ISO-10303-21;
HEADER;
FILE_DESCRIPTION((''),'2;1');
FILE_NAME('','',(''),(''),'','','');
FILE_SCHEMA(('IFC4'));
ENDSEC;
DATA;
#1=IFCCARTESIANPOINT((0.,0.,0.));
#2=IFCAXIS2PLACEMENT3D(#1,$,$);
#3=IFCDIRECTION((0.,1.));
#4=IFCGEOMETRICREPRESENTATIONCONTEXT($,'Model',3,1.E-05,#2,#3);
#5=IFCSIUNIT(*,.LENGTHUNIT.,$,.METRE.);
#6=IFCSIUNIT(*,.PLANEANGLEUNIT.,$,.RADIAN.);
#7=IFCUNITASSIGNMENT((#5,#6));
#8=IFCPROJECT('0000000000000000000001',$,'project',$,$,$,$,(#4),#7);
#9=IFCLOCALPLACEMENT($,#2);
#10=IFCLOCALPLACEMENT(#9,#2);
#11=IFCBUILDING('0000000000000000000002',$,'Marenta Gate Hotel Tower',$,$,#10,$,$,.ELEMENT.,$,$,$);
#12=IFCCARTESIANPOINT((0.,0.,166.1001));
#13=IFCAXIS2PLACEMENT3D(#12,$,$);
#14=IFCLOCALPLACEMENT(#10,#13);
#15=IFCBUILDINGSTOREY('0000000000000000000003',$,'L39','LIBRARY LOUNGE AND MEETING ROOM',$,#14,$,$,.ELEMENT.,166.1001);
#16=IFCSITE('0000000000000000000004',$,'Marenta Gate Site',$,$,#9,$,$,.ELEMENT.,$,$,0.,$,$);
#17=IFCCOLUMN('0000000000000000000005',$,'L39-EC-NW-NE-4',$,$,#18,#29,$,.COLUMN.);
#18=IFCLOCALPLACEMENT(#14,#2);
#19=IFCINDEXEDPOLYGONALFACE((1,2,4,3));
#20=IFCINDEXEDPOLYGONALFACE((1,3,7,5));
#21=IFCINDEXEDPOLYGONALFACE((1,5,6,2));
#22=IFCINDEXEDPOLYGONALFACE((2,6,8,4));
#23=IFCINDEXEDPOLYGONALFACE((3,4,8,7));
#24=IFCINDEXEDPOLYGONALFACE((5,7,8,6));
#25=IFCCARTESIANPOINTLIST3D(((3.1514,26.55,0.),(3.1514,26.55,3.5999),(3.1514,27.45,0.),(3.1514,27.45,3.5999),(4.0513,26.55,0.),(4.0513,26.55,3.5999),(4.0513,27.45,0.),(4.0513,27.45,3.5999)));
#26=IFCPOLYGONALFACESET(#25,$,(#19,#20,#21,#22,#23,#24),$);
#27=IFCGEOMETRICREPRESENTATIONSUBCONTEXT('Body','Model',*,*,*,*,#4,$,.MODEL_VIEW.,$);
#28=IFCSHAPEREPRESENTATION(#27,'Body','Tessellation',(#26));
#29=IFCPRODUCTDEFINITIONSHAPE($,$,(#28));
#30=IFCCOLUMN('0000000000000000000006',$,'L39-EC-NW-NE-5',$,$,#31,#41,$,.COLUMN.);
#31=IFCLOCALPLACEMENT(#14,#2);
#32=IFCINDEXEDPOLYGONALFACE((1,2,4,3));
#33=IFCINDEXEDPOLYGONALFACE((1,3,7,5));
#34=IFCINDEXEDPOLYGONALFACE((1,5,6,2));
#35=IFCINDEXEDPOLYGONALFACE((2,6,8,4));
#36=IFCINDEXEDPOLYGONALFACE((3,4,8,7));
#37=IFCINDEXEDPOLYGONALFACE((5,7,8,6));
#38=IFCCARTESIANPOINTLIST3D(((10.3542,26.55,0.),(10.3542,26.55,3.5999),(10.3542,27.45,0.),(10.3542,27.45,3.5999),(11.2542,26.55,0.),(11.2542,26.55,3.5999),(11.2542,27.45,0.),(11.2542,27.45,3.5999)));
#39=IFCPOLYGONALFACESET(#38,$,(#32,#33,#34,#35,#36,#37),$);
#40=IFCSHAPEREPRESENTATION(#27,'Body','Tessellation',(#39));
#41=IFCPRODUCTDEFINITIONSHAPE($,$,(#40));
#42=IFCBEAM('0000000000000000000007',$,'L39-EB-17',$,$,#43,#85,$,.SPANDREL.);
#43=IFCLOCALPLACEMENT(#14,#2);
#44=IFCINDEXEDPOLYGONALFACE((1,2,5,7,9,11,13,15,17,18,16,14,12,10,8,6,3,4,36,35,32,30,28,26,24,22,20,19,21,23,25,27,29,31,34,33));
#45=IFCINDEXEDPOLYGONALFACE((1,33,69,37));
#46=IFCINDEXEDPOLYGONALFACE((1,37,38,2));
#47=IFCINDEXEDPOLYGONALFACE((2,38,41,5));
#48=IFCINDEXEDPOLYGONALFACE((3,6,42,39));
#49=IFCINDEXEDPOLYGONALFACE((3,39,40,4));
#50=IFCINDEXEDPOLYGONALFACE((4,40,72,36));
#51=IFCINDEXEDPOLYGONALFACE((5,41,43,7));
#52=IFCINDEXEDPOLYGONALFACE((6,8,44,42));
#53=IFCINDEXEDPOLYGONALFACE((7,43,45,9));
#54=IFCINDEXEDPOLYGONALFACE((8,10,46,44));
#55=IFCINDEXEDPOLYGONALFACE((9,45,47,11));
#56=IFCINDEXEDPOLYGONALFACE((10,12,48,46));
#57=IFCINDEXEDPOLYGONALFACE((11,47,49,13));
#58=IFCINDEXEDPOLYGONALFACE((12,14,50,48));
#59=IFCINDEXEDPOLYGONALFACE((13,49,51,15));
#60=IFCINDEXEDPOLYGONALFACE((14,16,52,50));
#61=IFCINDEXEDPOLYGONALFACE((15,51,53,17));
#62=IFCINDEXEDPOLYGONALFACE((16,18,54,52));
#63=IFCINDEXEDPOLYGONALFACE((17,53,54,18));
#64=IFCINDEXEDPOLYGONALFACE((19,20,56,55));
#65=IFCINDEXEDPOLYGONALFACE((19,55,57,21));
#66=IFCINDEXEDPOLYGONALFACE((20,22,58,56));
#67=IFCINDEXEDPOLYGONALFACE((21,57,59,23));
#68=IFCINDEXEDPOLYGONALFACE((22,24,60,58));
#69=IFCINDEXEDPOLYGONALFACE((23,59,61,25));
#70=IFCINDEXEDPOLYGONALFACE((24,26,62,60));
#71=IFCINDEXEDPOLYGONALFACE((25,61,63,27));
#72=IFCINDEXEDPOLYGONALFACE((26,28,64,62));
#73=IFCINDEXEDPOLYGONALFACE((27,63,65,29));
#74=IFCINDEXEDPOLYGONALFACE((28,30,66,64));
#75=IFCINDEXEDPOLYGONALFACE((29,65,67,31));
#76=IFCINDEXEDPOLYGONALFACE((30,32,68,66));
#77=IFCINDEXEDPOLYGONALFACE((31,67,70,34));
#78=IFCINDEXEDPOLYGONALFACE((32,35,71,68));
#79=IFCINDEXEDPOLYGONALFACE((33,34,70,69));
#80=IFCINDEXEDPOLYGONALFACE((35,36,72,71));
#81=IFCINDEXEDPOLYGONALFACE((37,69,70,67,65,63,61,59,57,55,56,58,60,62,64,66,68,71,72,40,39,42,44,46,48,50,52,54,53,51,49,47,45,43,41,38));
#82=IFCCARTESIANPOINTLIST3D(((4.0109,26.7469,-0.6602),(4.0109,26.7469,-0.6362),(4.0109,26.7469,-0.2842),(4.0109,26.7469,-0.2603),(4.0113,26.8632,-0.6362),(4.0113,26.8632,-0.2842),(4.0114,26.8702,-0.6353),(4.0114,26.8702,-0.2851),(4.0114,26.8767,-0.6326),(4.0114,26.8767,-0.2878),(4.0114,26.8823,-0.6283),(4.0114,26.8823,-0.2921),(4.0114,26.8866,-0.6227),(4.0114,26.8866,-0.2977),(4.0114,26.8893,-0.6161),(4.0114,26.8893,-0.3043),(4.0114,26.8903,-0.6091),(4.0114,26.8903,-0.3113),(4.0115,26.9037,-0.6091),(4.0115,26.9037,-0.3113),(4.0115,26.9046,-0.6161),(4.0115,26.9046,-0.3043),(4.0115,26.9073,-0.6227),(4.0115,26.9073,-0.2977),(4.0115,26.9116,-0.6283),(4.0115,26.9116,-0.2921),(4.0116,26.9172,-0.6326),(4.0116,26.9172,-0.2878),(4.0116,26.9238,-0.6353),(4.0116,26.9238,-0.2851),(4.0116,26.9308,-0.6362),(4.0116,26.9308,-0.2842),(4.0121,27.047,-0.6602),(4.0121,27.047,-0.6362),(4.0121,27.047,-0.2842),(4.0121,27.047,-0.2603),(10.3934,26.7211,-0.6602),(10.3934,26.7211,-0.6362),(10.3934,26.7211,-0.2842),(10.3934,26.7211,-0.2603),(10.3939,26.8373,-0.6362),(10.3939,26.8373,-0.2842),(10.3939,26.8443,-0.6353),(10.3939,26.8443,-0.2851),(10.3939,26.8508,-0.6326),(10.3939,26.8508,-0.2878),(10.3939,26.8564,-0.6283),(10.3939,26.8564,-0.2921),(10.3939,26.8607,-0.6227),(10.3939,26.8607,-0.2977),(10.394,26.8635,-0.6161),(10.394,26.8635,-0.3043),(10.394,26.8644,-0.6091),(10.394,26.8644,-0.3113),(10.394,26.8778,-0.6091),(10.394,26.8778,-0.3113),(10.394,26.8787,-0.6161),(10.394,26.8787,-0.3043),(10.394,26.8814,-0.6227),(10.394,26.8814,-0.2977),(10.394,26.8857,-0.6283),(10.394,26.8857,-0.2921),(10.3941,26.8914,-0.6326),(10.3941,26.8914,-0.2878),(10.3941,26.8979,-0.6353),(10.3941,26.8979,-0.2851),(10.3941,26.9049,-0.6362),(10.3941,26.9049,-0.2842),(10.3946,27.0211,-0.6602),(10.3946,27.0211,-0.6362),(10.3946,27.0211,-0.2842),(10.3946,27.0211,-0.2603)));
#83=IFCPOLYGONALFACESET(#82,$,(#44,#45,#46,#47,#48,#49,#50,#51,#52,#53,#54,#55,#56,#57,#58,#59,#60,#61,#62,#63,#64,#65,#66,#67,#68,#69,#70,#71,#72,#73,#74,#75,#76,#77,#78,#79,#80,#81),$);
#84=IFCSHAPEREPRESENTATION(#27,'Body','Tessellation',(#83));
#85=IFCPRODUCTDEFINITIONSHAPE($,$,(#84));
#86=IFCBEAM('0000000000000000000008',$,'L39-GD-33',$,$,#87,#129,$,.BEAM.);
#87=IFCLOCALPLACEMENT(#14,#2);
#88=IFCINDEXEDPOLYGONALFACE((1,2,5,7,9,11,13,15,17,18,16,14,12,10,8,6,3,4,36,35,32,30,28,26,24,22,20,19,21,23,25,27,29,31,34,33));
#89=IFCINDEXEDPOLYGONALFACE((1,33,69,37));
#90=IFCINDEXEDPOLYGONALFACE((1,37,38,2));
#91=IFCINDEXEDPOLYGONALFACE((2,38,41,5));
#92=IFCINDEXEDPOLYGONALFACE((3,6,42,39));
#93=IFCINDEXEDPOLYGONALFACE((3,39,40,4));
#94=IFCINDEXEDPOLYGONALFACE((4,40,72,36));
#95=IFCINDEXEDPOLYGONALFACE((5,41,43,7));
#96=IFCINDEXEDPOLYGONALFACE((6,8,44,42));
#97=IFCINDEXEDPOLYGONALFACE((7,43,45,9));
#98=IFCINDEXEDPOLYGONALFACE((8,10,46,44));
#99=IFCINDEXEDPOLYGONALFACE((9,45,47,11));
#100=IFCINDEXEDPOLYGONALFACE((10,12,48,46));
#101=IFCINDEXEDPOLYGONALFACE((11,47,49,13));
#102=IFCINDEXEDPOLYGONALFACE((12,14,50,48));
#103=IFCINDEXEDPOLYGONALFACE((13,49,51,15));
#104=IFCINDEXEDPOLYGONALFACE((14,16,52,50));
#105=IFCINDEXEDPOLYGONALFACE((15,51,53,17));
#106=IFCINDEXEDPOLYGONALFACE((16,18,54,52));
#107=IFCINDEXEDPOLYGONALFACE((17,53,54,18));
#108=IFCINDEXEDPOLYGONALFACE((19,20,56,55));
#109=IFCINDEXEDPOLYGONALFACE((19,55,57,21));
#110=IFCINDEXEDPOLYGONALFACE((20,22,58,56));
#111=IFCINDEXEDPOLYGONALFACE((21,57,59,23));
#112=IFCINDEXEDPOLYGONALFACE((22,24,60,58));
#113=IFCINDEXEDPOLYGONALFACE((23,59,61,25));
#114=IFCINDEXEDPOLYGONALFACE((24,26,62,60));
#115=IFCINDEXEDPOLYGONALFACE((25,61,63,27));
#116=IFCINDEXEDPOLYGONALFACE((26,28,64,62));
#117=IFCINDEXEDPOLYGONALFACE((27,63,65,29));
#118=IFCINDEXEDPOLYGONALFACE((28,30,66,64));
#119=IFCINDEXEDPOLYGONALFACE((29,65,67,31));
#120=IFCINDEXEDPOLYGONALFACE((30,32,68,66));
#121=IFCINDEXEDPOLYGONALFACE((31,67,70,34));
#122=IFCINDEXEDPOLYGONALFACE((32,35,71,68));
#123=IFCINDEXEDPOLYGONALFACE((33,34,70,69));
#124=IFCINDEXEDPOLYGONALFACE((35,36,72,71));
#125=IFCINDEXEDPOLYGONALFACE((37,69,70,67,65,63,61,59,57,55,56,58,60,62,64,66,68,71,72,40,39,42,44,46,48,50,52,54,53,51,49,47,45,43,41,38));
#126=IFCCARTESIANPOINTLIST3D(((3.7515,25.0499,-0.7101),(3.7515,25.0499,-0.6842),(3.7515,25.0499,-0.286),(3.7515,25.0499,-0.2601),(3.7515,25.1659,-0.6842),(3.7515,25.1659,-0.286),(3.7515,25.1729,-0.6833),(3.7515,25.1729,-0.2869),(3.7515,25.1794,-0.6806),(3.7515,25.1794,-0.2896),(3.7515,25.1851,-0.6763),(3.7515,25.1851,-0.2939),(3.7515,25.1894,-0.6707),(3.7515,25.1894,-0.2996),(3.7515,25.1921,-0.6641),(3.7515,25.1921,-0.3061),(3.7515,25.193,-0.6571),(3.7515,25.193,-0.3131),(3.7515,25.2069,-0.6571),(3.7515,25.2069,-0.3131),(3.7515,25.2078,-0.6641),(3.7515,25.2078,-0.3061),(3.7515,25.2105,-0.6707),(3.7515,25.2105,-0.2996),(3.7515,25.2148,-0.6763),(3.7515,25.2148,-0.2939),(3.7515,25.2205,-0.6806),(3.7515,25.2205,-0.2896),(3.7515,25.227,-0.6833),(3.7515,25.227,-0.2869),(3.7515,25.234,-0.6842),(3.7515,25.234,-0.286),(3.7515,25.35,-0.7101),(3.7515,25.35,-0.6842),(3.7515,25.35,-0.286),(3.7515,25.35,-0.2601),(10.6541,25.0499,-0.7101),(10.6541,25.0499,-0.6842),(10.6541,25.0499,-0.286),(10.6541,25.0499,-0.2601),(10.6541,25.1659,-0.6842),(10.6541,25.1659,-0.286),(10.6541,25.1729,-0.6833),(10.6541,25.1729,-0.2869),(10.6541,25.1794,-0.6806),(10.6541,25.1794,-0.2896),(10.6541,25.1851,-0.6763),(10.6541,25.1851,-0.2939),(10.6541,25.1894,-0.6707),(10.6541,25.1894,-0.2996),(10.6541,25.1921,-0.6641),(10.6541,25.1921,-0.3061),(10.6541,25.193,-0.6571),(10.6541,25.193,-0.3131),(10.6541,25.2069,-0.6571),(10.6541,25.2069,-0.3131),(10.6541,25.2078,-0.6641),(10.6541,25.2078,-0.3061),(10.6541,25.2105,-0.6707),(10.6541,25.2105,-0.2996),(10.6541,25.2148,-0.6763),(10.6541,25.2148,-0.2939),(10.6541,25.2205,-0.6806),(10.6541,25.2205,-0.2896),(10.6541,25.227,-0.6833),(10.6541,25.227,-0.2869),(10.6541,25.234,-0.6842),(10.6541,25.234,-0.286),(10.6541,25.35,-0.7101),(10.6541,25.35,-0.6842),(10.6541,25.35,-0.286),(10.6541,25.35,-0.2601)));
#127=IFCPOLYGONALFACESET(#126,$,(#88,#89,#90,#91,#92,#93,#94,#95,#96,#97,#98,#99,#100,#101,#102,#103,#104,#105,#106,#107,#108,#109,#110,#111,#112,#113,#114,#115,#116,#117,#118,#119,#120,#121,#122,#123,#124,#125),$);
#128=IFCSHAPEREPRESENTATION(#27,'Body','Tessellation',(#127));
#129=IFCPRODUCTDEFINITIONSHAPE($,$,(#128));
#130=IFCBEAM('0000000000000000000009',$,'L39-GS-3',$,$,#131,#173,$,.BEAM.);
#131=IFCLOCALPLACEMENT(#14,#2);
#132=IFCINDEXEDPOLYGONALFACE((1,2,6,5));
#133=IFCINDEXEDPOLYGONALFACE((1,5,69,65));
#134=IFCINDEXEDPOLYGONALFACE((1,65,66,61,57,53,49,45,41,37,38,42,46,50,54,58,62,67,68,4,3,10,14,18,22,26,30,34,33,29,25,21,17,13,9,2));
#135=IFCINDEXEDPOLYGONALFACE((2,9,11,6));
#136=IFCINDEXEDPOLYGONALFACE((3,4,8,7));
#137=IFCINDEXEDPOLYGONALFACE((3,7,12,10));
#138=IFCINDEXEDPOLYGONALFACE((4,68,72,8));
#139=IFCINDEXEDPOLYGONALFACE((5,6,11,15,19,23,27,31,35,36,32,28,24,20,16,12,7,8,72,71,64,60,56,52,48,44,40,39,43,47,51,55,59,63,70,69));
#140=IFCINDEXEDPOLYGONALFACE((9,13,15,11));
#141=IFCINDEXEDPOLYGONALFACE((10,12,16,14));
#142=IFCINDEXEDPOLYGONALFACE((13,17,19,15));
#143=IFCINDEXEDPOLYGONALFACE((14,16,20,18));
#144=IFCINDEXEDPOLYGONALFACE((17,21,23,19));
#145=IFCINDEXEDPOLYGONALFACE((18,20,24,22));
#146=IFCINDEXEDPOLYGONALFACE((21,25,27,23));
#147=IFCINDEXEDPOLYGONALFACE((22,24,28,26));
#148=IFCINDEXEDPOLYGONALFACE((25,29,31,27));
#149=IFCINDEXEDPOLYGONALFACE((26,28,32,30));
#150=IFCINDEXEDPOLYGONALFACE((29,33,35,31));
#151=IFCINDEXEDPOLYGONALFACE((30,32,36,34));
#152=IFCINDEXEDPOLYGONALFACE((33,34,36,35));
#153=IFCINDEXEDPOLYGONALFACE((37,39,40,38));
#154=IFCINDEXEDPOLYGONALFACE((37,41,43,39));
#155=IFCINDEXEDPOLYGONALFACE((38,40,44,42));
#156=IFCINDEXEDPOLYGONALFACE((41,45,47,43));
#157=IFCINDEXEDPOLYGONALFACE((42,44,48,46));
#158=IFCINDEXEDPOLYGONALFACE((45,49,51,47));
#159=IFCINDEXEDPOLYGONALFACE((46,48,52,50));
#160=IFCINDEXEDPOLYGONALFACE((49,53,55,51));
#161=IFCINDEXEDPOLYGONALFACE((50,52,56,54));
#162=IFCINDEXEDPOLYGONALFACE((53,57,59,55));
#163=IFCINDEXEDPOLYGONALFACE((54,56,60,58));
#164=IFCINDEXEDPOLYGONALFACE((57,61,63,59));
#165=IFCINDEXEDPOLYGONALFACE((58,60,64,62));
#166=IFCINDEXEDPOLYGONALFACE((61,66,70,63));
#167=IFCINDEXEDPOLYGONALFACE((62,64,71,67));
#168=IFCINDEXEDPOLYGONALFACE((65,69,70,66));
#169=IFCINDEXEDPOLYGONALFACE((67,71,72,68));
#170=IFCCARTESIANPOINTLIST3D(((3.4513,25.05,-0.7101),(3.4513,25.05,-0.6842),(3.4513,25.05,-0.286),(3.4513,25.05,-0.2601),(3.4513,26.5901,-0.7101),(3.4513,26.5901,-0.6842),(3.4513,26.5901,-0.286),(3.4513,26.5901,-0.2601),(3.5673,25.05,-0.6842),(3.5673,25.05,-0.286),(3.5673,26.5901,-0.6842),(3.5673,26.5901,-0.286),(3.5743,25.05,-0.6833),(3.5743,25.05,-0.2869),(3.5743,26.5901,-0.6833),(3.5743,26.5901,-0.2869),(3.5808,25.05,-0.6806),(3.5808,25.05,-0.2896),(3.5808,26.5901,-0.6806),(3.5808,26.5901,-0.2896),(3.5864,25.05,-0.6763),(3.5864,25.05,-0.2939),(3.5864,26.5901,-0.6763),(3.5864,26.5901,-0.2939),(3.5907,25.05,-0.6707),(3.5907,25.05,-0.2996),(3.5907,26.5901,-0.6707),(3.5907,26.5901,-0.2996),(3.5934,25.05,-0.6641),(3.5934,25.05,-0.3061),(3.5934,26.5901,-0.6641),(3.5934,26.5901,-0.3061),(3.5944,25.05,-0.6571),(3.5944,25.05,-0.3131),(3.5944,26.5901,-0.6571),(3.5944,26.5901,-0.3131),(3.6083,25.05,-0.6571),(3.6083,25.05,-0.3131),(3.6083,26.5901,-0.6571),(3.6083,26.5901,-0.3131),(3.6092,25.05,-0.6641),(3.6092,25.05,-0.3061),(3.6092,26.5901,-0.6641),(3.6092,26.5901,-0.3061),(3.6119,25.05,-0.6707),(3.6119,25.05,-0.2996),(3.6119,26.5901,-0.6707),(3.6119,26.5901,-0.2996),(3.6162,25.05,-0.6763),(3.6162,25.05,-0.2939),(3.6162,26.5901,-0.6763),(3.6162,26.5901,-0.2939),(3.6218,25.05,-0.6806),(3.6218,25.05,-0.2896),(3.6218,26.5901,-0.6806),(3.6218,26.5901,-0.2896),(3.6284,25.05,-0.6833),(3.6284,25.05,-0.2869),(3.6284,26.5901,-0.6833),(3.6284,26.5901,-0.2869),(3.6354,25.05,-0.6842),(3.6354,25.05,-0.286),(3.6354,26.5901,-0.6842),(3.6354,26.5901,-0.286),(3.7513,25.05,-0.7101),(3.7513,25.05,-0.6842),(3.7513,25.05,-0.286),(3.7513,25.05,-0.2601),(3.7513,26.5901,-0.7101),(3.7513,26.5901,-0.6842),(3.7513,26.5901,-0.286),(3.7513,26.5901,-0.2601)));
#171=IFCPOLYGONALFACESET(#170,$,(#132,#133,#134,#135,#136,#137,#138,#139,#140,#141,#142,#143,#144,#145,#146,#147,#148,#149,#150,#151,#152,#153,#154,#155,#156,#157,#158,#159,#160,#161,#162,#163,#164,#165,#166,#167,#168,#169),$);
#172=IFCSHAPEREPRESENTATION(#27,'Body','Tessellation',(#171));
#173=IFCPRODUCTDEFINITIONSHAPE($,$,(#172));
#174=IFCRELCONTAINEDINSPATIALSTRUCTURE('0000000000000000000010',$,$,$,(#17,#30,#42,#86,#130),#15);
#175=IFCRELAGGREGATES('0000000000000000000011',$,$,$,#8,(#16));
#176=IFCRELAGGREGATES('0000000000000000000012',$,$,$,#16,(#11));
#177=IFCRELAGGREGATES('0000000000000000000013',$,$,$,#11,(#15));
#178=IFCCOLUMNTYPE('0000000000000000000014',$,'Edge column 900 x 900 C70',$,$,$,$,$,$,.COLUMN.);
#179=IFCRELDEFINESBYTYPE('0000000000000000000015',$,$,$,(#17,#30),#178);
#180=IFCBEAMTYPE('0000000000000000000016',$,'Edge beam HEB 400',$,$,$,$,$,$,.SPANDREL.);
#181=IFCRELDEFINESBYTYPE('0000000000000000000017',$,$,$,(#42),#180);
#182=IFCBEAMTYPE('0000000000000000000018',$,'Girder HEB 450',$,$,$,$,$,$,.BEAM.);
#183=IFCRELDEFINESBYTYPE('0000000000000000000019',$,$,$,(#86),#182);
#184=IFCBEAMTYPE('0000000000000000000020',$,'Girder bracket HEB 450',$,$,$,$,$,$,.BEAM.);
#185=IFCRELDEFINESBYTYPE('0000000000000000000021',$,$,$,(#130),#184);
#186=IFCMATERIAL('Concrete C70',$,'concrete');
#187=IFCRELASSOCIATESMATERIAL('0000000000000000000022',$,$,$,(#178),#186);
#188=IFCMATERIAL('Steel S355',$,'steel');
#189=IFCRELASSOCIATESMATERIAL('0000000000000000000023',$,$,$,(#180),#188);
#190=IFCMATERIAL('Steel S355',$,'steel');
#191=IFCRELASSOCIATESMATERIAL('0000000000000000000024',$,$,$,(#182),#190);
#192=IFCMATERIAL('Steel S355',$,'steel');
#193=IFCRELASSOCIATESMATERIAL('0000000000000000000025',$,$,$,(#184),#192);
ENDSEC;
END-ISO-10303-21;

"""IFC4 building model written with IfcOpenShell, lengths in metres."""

from ifc_helpers import new_model, si_unit, direction, frame, origin, origin_2d, place, context, subcontext, project, spatial, rectangle, i_section, extrude, material, material_profile, profile_set, type_object, element, save


model = new_model("IFC4")

# Units and contexts
model_context = context("Model", 3, precision=1e-05, world=origin(), true_north=direction((0.0, 1.0)))
body_context = subcontext(model_context, "Body", "Model", "MODEL_VIEW")
ifc_project = project(units=[si_unit("LENGTHUNIT", "METRE"), si_unit("PLANEANGLEUNIT", "RADIAN")], contexts=[model_context])

# Site, building, storey
site_placement = place(None, origin())
site = spatial("IfcSite", under=ifc_project, at=site_placement, Name="Marenta Gate Site", CompositionType="ELEMENT", RefElevation=0.0)
building_placement = place(site_placement, origin())
building = spatial("IfcBuilding", under=site, at=building_placement, Name="Marenta Gate Hotel Tower", CompositionType="ELEMENT")
storey_placement = place(building_placement, frame((0.0, 0.0, 166.1001)))
storey = spatial("IfcBuildingStorey", under=building, at=storey_placement, Name="L39", Description="LIBRARY LOUNGE AND MEETING ROOM", CompositionType="ELEMENT", Elevation=166.1001)

# Columns
ifc_material_1 = material(Name="Concrete C70", Category="concrete")
ifc_material_profile_1 = material_profile(ifc_material_1, rectangle(XDim=0.8999, YDim=0.8999, at=origin_2d()), Name="900 x 900")
ifc_profile_set_1 = profile_set([ifc_material_profile_1], Name="Concrete C70")
column_type = type_object("IfcColumnType", Name="Edge column 900 x 900 C70", PredefinedType="COLUMN", material=ifc_profile_set_1)
for number, where, z_axis, x_axis, name in (
    (1, (3.6013, 27.0, 0.0), (0.0, 0.0, 1.0), (1.0, 0.0, 0.0), "L39-EC-NW-NE-4"),
    (2, (10.8042, 27.0, 0.0), (0.0, 0.0, 1.0), (1.0, 0.0, 0.0), "L39-EC-NW-NE-5"),
):
    element("IfcColumn", number, at=place(storey_placement, frame(where, z_axis=z_axis, x_axis=x_axis)), inside=storey, type_object=column_type, Name=name, PredefinedType="COLUMN", context=body_context, shape_type="SweptSolid", body=[
        extrude(rectangle(XDim=0.8999, YDim=0.8999, at=origin_2d()), origin(), (0.0, 0.0, 1.0), 3.5999),
    ])

# Beams
ifc_material_2 = material(Name="Steel S355", Category="steel")
ifc_material_profile_2 = material_profile(ifc_material_2, i_section(OverallWidth=0.3, OverallDepth=0.3999, WebThickness=0.0134, FlangeThickness=0.0239, FilletRadius=0.0271, at=origin_2d()), Name="HEB 400")
ifc_profile_set_2 = profile_set([ifc_material_profile_2], Name="Steel S355")
beam_type_1 = type_object("IfcBeamType", Name="Edge beam HEB 400", PredefinedType="SPANDREL", material=ifc_profile_set_2)
beam_1_placement = place(storey_placement, frame((4.0115, 26.897, -0.4602), z_axis=(0.999992, -0.004055, 0.0), x_axis=(0.004055, 0.999992, 0.0)))
element("IfcBeam", 3, at=beam_1_placement, inside=storey, type_object=beam_type_1, Name="L39-EB-17", PredefinedType="SPANDREL", context=body_context, shape_type="SweptSolid", body=[
    extrude(i_section(OverallWidth=0.3, OverallDepth=0.3999, WebThickness=0.0134, FlangeThickness=0.0239, FilletRadius=0.0271, at=origin_2d()), origin(), (0.0, 0.0, 1.0), 6.3826),
])
ifc_material_3 = material(Name="Steel S355", Category="steel")
ifc_material_profile_3 = material_profile(ifc_material_3, i_section(OverallWidth=0.3, OverallDepth=0.45, WebThickness=0.0139, FlangeThickness=0.0259, FilletRadius=0.0271, at=origin_2d()), Name="HEB 450")
ifc_profile_set_3 = profile_set([ifc_material_profile_3], Name="Steel S355")
beam_type_2 = type_object("IfcBeamType", Name="Girder HEB 450", PredefinedType="BEAM", material=ifc_profile_set_3)
beam_2_placement = place(storey_placement, frame((3.7515, 25.2, -0.4851), z_axis=(1.0, 0.0, 0.0), x_axis=(0.0, 1.0, 0.0)))
element("IfcBeam", 4, at=beam_2_placement, inside=storey, type_object=beam_type_2, Name="L39-GD-33", PredefinedType="BEAM", context=body_context, shape_type="SweptSolid", body=[
    extrude(i_section(OverallWidth=0.3, OverallDepth=0.45, WebThickness=0.0139, FlangeThickness=0.0259, FilletRadius=0.0271, at=origin_2d()), origin(), (0.0, 0.0, 1.0), 6.9026),
])
ifc_material_4 = material(Name="Steel S355", Category="steel")
ifc_material_profile_4 = material_profile(ifc_material_4, i_section(OverallWidth=0.3, OverallDepth=0.45, WebThickness=0.0139, FlangeThickness=0.0259, FilletRadius=0.0271, at=origin_2d()), Name="HEB 450")
ifc_profile_set_4 = profile_set([ifc_material_profile_4], Name="Steel S355")
beam_type_3 = type_object("IfcBeamType", Name="Girder bracket HEB 450", PredefinedType="BEAM", material=ifc_profile_set_4)
for number, where, z_axis, x_axis, name in (
    (5, (3.6013, 25.05, -0.4851), (0.0, 1.0, 0.0), (-1.0, 0.0, 0.0), "L39-GS-3"),
):
    element("IfcBeam", number, at=place(storey_placement, frame(where, z_axis=z_axis, x_axis=x_axis)), inside=storey, type_object=beam_type_3, Name=name, PredefinedType="BEAM", context=body_context, shape_type="SweptSolid", body=[
        extrude(i_section(OverallWidth=0.3, OverallDepth=0.45, WebThickness=0.0139, FlangeThickness=0.0259, FilletRadius=0.0271, at=origin_2d()), origin(), (0.0, 0.0, 1.0), 1.54),
    ])

save(model, "model.ifc")
